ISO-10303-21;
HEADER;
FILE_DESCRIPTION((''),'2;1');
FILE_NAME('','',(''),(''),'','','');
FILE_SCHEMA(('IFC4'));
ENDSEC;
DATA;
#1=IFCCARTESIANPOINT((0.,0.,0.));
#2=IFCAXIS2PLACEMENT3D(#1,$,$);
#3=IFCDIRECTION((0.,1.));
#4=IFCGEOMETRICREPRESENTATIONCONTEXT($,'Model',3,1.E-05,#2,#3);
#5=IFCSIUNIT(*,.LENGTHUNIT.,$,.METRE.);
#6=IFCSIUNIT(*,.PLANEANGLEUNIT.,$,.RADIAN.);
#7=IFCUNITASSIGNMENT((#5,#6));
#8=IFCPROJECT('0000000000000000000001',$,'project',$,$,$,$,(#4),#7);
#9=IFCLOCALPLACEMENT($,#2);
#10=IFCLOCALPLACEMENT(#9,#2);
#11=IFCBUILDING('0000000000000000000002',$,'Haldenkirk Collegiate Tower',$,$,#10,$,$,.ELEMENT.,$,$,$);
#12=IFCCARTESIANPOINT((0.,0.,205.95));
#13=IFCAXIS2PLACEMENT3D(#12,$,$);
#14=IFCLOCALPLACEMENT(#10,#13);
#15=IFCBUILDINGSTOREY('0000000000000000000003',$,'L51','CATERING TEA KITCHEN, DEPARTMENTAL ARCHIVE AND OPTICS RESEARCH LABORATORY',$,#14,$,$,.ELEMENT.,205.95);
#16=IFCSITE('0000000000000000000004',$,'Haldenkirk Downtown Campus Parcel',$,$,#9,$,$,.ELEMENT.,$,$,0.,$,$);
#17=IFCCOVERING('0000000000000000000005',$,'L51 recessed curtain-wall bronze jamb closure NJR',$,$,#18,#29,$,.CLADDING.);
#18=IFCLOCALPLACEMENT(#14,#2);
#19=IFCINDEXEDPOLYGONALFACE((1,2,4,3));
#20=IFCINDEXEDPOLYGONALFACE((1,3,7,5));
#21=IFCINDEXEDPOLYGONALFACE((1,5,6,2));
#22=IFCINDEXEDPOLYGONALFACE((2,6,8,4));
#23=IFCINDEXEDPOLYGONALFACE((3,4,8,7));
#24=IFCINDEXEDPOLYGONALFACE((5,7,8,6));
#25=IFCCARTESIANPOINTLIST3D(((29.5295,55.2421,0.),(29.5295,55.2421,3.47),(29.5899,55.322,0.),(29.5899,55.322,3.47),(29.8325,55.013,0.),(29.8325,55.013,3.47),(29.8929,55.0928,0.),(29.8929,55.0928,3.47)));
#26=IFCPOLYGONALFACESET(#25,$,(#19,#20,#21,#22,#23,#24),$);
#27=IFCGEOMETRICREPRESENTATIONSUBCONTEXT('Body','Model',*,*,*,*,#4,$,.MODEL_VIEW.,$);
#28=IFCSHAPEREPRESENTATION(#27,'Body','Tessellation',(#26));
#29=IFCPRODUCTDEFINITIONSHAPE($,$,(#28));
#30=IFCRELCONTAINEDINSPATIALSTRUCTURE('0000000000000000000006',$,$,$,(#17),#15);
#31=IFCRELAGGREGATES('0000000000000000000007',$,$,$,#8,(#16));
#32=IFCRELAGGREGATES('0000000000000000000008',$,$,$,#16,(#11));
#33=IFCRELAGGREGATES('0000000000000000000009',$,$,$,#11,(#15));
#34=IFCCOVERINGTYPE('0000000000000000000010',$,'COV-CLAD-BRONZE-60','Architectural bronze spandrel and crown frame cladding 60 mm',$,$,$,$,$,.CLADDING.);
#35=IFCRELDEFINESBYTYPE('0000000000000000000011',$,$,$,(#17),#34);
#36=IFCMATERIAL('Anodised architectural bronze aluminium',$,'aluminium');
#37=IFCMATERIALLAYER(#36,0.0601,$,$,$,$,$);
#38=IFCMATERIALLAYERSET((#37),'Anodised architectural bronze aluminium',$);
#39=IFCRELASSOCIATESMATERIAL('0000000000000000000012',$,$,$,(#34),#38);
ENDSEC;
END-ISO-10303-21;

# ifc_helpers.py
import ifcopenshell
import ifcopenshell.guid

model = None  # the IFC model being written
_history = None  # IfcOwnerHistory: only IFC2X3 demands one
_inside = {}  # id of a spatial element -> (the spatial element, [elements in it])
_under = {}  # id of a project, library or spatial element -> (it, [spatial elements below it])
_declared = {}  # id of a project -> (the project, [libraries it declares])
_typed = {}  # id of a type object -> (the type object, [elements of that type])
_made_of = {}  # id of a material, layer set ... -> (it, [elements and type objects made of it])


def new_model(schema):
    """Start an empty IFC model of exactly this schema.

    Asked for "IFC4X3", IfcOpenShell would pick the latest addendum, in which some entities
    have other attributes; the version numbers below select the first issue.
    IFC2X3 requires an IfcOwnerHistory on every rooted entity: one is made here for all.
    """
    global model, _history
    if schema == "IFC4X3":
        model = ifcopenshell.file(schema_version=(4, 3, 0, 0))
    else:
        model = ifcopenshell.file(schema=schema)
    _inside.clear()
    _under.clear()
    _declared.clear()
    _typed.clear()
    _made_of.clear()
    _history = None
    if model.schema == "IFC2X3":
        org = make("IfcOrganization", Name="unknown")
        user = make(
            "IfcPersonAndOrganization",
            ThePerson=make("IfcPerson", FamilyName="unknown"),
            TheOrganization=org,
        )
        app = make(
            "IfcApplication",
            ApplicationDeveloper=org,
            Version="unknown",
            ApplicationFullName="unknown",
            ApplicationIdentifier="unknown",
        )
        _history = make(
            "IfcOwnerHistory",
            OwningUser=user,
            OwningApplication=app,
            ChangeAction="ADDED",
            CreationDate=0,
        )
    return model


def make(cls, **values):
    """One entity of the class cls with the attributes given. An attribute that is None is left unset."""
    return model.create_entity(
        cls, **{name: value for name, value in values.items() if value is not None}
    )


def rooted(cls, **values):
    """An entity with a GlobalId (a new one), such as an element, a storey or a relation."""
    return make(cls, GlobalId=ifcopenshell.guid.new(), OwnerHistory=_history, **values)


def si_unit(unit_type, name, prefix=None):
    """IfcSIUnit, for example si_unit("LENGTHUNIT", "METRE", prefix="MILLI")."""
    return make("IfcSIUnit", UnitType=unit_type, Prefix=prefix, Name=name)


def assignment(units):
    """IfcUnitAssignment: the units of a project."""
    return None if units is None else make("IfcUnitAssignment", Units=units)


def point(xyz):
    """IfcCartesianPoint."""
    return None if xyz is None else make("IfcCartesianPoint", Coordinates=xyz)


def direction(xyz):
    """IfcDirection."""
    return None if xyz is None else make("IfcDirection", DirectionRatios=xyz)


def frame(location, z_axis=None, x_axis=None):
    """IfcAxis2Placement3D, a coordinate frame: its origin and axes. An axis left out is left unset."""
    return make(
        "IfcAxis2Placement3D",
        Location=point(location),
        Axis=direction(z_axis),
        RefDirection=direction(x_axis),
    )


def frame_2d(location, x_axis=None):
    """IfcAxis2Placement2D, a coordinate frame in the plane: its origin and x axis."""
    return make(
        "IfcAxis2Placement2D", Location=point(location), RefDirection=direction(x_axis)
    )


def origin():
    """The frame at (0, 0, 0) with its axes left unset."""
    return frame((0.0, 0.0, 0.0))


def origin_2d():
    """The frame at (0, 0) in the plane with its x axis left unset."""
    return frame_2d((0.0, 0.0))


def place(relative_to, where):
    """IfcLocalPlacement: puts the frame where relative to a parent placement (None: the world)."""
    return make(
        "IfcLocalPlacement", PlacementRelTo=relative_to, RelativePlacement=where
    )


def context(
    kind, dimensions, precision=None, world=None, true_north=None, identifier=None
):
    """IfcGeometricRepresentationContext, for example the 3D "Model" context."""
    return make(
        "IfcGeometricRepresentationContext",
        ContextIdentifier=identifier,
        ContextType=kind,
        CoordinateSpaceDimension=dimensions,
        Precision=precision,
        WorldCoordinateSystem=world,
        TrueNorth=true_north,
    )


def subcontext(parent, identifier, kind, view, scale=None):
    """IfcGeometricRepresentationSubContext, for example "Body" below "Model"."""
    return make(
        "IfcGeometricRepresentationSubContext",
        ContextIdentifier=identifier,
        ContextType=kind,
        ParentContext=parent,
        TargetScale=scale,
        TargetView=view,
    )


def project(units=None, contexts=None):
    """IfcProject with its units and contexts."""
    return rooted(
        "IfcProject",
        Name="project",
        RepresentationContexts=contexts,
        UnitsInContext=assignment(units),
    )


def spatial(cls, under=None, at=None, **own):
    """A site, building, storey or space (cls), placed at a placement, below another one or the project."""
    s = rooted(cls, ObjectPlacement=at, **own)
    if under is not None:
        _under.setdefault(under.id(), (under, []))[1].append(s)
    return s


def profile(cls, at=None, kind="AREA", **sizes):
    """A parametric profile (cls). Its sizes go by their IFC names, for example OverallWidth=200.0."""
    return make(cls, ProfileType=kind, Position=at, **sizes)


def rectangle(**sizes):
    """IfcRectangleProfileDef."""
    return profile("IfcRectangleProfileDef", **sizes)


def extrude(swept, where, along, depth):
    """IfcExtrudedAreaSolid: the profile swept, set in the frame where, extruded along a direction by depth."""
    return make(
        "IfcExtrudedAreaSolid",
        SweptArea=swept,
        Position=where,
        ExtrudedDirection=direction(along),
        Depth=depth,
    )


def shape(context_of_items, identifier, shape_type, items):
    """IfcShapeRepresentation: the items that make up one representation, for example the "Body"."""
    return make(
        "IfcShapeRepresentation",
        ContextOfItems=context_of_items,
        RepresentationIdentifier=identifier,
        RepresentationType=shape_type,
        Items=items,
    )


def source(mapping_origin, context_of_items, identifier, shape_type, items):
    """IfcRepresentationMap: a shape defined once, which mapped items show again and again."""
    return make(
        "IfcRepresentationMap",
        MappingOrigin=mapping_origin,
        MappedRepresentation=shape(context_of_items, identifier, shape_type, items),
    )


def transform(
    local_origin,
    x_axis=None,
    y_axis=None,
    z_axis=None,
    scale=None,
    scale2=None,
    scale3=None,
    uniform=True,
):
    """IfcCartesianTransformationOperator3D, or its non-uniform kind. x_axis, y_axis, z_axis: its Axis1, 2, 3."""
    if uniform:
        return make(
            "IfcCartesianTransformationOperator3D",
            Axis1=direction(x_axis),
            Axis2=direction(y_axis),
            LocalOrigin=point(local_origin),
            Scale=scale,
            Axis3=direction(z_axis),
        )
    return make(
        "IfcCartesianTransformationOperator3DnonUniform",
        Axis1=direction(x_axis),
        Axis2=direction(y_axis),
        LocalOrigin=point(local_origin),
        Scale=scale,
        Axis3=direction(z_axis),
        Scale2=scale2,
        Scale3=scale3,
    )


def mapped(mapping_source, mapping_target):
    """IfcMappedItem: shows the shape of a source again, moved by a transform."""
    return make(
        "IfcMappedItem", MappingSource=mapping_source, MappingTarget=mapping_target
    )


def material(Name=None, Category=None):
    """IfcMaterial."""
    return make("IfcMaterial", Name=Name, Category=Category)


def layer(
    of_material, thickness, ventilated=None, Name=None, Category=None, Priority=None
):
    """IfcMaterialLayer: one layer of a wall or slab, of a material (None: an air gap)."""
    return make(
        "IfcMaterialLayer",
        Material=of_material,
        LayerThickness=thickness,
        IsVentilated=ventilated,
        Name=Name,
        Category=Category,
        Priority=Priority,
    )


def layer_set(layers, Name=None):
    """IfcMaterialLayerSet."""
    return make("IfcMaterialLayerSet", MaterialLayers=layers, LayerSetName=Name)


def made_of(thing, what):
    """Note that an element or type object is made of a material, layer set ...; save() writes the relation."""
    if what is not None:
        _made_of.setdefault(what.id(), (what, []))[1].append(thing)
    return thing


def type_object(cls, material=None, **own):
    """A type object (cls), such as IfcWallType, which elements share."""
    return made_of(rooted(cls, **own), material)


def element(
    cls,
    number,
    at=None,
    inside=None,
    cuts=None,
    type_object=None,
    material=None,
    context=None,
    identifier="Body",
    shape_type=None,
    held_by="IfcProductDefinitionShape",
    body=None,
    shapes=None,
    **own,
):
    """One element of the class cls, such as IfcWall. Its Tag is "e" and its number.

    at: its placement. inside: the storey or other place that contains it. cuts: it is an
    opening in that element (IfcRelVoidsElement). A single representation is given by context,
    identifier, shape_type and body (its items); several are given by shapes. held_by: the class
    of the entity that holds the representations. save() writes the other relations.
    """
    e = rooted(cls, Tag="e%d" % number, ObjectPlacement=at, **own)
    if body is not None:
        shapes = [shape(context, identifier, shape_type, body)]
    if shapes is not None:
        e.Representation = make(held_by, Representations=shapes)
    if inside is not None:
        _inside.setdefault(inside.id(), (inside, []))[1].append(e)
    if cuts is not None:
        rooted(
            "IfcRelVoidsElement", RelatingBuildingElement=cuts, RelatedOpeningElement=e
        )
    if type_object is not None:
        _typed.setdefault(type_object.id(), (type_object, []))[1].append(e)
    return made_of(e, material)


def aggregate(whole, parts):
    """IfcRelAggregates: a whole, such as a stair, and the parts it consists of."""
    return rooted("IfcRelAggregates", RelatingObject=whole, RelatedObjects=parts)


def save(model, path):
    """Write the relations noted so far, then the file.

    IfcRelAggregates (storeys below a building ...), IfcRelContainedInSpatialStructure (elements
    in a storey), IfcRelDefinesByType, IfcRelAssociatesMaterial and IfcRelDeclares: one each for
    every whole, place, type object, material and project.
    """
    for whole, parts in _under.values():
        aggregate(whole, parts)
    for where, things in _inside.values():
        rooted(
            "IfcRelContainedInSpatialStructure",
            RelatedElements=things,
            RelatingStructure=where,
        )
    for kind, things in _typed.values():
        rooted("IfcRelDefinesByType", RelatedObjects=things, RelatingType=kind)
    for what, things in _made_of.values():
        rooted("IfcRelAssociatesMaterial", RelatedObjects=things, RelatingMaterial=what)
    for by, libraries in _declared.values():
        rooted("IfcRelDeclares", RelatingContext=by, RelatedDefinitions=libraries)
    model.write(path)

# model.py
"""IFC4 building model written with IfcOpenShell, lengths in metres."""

from ifc_helpers import new_model, si_unit, direction, frame, origin, origin_2d, place, context, subcontext, project, spatial, rectangle, extrude, source, transform, mapped, material, layer, layer_set, type_object, element, save


model = new_model("IFC4")

# Units and contexts
model_context = context("Model", 3, precision=1e-05, world=origin(), true_north=direction((0.0, 1.0)))
body_context = subcontext(model_context, "Body", "Model", "MODEL_VIEW")
ifc_project = project(units=[si_unit("LENGTHUNIT", "METRE"), si_unit("PLANEANGLEUNIT", "RADIAN")], contexts=[model_context])

# Site, building, storey
site_placement = place(None, origin())
site = spatial("IfcSite", under=ifc_project, at=site_placement, Name="Haldenkirk Downtown Campus Parcel", CompositionType="ELEMENT", RefElevation=0.0)
building_placement = place(site_placement, origin())
building = spatial("IfcBuilding", under=site, at=building_placement, Name="Haldenkirk Collegiate Tower", CompositionType="ELEMENT")
storey_placement = place(building_placement, frame((0.0, 0.0, 205.95)))
storey = spatial("IfcBuildingStorey", under=building, at=storey_placement, Name="L51", Description="CATERING TEA KITCHEN, DEPARTMENTAL ARCHIVE AND OPTICS RESEARCH LABORATORY", CompositionType="ELEMENT", Elevation=205.95)

# Shared definitions
ifc_material_1 = material(Name="Anodised architectural bronze aluminium", Category="aluminium")

# Covering
ifc_layer_1 = layer(ifc_material_1, 0.0601)
ifc_layer_set_1 = layer_set([ifc_layer_1], Name="Anodised architectural bronze aluminium")
covering_type = type_object("IfcCoveringType", Name="COV-CLAD-BRONZE-60", Description="Architectural bronze spandrel and crown frame cladding 60 mm", PredefinedType="CLADDING", material=ifc_layer_set_1)
shared_shape_1 = source(origin(), body_context, "Body", "SweptSolid", [
    extrude(rectangle(XDim=0.1001, YDim=0.3799, at=origin_2d()), origin(), (0.0, 0.0, 1.0), 3.47),
])
covering_placement = place(storey_placement, frame((29.7112, 55.1675, 0.0), z_axis=(0.0, 0.0, 1.0), x_axis=(0.603208, 0.797584, 0.0)))
element("IfcCovering", 1, at=covering_placement, inside=storey, type_object=covering_type, Name="L51 recessed curtain-wall bronze jamb closure NJR", PredefinedType="CLADDING", context=body_context, shape_type="MappedRepresentation", body=[
    mapped(shared_shape_1, transform((0.0, 0.0, 0.0), x_axis=(1.0, 0.0, 0.0), y_axis=(0.0, 1.0, 0.0), z_axis=(0.0, 0.0, 1.0), scale=1.0)),
])

save(model, "model.ifc")
